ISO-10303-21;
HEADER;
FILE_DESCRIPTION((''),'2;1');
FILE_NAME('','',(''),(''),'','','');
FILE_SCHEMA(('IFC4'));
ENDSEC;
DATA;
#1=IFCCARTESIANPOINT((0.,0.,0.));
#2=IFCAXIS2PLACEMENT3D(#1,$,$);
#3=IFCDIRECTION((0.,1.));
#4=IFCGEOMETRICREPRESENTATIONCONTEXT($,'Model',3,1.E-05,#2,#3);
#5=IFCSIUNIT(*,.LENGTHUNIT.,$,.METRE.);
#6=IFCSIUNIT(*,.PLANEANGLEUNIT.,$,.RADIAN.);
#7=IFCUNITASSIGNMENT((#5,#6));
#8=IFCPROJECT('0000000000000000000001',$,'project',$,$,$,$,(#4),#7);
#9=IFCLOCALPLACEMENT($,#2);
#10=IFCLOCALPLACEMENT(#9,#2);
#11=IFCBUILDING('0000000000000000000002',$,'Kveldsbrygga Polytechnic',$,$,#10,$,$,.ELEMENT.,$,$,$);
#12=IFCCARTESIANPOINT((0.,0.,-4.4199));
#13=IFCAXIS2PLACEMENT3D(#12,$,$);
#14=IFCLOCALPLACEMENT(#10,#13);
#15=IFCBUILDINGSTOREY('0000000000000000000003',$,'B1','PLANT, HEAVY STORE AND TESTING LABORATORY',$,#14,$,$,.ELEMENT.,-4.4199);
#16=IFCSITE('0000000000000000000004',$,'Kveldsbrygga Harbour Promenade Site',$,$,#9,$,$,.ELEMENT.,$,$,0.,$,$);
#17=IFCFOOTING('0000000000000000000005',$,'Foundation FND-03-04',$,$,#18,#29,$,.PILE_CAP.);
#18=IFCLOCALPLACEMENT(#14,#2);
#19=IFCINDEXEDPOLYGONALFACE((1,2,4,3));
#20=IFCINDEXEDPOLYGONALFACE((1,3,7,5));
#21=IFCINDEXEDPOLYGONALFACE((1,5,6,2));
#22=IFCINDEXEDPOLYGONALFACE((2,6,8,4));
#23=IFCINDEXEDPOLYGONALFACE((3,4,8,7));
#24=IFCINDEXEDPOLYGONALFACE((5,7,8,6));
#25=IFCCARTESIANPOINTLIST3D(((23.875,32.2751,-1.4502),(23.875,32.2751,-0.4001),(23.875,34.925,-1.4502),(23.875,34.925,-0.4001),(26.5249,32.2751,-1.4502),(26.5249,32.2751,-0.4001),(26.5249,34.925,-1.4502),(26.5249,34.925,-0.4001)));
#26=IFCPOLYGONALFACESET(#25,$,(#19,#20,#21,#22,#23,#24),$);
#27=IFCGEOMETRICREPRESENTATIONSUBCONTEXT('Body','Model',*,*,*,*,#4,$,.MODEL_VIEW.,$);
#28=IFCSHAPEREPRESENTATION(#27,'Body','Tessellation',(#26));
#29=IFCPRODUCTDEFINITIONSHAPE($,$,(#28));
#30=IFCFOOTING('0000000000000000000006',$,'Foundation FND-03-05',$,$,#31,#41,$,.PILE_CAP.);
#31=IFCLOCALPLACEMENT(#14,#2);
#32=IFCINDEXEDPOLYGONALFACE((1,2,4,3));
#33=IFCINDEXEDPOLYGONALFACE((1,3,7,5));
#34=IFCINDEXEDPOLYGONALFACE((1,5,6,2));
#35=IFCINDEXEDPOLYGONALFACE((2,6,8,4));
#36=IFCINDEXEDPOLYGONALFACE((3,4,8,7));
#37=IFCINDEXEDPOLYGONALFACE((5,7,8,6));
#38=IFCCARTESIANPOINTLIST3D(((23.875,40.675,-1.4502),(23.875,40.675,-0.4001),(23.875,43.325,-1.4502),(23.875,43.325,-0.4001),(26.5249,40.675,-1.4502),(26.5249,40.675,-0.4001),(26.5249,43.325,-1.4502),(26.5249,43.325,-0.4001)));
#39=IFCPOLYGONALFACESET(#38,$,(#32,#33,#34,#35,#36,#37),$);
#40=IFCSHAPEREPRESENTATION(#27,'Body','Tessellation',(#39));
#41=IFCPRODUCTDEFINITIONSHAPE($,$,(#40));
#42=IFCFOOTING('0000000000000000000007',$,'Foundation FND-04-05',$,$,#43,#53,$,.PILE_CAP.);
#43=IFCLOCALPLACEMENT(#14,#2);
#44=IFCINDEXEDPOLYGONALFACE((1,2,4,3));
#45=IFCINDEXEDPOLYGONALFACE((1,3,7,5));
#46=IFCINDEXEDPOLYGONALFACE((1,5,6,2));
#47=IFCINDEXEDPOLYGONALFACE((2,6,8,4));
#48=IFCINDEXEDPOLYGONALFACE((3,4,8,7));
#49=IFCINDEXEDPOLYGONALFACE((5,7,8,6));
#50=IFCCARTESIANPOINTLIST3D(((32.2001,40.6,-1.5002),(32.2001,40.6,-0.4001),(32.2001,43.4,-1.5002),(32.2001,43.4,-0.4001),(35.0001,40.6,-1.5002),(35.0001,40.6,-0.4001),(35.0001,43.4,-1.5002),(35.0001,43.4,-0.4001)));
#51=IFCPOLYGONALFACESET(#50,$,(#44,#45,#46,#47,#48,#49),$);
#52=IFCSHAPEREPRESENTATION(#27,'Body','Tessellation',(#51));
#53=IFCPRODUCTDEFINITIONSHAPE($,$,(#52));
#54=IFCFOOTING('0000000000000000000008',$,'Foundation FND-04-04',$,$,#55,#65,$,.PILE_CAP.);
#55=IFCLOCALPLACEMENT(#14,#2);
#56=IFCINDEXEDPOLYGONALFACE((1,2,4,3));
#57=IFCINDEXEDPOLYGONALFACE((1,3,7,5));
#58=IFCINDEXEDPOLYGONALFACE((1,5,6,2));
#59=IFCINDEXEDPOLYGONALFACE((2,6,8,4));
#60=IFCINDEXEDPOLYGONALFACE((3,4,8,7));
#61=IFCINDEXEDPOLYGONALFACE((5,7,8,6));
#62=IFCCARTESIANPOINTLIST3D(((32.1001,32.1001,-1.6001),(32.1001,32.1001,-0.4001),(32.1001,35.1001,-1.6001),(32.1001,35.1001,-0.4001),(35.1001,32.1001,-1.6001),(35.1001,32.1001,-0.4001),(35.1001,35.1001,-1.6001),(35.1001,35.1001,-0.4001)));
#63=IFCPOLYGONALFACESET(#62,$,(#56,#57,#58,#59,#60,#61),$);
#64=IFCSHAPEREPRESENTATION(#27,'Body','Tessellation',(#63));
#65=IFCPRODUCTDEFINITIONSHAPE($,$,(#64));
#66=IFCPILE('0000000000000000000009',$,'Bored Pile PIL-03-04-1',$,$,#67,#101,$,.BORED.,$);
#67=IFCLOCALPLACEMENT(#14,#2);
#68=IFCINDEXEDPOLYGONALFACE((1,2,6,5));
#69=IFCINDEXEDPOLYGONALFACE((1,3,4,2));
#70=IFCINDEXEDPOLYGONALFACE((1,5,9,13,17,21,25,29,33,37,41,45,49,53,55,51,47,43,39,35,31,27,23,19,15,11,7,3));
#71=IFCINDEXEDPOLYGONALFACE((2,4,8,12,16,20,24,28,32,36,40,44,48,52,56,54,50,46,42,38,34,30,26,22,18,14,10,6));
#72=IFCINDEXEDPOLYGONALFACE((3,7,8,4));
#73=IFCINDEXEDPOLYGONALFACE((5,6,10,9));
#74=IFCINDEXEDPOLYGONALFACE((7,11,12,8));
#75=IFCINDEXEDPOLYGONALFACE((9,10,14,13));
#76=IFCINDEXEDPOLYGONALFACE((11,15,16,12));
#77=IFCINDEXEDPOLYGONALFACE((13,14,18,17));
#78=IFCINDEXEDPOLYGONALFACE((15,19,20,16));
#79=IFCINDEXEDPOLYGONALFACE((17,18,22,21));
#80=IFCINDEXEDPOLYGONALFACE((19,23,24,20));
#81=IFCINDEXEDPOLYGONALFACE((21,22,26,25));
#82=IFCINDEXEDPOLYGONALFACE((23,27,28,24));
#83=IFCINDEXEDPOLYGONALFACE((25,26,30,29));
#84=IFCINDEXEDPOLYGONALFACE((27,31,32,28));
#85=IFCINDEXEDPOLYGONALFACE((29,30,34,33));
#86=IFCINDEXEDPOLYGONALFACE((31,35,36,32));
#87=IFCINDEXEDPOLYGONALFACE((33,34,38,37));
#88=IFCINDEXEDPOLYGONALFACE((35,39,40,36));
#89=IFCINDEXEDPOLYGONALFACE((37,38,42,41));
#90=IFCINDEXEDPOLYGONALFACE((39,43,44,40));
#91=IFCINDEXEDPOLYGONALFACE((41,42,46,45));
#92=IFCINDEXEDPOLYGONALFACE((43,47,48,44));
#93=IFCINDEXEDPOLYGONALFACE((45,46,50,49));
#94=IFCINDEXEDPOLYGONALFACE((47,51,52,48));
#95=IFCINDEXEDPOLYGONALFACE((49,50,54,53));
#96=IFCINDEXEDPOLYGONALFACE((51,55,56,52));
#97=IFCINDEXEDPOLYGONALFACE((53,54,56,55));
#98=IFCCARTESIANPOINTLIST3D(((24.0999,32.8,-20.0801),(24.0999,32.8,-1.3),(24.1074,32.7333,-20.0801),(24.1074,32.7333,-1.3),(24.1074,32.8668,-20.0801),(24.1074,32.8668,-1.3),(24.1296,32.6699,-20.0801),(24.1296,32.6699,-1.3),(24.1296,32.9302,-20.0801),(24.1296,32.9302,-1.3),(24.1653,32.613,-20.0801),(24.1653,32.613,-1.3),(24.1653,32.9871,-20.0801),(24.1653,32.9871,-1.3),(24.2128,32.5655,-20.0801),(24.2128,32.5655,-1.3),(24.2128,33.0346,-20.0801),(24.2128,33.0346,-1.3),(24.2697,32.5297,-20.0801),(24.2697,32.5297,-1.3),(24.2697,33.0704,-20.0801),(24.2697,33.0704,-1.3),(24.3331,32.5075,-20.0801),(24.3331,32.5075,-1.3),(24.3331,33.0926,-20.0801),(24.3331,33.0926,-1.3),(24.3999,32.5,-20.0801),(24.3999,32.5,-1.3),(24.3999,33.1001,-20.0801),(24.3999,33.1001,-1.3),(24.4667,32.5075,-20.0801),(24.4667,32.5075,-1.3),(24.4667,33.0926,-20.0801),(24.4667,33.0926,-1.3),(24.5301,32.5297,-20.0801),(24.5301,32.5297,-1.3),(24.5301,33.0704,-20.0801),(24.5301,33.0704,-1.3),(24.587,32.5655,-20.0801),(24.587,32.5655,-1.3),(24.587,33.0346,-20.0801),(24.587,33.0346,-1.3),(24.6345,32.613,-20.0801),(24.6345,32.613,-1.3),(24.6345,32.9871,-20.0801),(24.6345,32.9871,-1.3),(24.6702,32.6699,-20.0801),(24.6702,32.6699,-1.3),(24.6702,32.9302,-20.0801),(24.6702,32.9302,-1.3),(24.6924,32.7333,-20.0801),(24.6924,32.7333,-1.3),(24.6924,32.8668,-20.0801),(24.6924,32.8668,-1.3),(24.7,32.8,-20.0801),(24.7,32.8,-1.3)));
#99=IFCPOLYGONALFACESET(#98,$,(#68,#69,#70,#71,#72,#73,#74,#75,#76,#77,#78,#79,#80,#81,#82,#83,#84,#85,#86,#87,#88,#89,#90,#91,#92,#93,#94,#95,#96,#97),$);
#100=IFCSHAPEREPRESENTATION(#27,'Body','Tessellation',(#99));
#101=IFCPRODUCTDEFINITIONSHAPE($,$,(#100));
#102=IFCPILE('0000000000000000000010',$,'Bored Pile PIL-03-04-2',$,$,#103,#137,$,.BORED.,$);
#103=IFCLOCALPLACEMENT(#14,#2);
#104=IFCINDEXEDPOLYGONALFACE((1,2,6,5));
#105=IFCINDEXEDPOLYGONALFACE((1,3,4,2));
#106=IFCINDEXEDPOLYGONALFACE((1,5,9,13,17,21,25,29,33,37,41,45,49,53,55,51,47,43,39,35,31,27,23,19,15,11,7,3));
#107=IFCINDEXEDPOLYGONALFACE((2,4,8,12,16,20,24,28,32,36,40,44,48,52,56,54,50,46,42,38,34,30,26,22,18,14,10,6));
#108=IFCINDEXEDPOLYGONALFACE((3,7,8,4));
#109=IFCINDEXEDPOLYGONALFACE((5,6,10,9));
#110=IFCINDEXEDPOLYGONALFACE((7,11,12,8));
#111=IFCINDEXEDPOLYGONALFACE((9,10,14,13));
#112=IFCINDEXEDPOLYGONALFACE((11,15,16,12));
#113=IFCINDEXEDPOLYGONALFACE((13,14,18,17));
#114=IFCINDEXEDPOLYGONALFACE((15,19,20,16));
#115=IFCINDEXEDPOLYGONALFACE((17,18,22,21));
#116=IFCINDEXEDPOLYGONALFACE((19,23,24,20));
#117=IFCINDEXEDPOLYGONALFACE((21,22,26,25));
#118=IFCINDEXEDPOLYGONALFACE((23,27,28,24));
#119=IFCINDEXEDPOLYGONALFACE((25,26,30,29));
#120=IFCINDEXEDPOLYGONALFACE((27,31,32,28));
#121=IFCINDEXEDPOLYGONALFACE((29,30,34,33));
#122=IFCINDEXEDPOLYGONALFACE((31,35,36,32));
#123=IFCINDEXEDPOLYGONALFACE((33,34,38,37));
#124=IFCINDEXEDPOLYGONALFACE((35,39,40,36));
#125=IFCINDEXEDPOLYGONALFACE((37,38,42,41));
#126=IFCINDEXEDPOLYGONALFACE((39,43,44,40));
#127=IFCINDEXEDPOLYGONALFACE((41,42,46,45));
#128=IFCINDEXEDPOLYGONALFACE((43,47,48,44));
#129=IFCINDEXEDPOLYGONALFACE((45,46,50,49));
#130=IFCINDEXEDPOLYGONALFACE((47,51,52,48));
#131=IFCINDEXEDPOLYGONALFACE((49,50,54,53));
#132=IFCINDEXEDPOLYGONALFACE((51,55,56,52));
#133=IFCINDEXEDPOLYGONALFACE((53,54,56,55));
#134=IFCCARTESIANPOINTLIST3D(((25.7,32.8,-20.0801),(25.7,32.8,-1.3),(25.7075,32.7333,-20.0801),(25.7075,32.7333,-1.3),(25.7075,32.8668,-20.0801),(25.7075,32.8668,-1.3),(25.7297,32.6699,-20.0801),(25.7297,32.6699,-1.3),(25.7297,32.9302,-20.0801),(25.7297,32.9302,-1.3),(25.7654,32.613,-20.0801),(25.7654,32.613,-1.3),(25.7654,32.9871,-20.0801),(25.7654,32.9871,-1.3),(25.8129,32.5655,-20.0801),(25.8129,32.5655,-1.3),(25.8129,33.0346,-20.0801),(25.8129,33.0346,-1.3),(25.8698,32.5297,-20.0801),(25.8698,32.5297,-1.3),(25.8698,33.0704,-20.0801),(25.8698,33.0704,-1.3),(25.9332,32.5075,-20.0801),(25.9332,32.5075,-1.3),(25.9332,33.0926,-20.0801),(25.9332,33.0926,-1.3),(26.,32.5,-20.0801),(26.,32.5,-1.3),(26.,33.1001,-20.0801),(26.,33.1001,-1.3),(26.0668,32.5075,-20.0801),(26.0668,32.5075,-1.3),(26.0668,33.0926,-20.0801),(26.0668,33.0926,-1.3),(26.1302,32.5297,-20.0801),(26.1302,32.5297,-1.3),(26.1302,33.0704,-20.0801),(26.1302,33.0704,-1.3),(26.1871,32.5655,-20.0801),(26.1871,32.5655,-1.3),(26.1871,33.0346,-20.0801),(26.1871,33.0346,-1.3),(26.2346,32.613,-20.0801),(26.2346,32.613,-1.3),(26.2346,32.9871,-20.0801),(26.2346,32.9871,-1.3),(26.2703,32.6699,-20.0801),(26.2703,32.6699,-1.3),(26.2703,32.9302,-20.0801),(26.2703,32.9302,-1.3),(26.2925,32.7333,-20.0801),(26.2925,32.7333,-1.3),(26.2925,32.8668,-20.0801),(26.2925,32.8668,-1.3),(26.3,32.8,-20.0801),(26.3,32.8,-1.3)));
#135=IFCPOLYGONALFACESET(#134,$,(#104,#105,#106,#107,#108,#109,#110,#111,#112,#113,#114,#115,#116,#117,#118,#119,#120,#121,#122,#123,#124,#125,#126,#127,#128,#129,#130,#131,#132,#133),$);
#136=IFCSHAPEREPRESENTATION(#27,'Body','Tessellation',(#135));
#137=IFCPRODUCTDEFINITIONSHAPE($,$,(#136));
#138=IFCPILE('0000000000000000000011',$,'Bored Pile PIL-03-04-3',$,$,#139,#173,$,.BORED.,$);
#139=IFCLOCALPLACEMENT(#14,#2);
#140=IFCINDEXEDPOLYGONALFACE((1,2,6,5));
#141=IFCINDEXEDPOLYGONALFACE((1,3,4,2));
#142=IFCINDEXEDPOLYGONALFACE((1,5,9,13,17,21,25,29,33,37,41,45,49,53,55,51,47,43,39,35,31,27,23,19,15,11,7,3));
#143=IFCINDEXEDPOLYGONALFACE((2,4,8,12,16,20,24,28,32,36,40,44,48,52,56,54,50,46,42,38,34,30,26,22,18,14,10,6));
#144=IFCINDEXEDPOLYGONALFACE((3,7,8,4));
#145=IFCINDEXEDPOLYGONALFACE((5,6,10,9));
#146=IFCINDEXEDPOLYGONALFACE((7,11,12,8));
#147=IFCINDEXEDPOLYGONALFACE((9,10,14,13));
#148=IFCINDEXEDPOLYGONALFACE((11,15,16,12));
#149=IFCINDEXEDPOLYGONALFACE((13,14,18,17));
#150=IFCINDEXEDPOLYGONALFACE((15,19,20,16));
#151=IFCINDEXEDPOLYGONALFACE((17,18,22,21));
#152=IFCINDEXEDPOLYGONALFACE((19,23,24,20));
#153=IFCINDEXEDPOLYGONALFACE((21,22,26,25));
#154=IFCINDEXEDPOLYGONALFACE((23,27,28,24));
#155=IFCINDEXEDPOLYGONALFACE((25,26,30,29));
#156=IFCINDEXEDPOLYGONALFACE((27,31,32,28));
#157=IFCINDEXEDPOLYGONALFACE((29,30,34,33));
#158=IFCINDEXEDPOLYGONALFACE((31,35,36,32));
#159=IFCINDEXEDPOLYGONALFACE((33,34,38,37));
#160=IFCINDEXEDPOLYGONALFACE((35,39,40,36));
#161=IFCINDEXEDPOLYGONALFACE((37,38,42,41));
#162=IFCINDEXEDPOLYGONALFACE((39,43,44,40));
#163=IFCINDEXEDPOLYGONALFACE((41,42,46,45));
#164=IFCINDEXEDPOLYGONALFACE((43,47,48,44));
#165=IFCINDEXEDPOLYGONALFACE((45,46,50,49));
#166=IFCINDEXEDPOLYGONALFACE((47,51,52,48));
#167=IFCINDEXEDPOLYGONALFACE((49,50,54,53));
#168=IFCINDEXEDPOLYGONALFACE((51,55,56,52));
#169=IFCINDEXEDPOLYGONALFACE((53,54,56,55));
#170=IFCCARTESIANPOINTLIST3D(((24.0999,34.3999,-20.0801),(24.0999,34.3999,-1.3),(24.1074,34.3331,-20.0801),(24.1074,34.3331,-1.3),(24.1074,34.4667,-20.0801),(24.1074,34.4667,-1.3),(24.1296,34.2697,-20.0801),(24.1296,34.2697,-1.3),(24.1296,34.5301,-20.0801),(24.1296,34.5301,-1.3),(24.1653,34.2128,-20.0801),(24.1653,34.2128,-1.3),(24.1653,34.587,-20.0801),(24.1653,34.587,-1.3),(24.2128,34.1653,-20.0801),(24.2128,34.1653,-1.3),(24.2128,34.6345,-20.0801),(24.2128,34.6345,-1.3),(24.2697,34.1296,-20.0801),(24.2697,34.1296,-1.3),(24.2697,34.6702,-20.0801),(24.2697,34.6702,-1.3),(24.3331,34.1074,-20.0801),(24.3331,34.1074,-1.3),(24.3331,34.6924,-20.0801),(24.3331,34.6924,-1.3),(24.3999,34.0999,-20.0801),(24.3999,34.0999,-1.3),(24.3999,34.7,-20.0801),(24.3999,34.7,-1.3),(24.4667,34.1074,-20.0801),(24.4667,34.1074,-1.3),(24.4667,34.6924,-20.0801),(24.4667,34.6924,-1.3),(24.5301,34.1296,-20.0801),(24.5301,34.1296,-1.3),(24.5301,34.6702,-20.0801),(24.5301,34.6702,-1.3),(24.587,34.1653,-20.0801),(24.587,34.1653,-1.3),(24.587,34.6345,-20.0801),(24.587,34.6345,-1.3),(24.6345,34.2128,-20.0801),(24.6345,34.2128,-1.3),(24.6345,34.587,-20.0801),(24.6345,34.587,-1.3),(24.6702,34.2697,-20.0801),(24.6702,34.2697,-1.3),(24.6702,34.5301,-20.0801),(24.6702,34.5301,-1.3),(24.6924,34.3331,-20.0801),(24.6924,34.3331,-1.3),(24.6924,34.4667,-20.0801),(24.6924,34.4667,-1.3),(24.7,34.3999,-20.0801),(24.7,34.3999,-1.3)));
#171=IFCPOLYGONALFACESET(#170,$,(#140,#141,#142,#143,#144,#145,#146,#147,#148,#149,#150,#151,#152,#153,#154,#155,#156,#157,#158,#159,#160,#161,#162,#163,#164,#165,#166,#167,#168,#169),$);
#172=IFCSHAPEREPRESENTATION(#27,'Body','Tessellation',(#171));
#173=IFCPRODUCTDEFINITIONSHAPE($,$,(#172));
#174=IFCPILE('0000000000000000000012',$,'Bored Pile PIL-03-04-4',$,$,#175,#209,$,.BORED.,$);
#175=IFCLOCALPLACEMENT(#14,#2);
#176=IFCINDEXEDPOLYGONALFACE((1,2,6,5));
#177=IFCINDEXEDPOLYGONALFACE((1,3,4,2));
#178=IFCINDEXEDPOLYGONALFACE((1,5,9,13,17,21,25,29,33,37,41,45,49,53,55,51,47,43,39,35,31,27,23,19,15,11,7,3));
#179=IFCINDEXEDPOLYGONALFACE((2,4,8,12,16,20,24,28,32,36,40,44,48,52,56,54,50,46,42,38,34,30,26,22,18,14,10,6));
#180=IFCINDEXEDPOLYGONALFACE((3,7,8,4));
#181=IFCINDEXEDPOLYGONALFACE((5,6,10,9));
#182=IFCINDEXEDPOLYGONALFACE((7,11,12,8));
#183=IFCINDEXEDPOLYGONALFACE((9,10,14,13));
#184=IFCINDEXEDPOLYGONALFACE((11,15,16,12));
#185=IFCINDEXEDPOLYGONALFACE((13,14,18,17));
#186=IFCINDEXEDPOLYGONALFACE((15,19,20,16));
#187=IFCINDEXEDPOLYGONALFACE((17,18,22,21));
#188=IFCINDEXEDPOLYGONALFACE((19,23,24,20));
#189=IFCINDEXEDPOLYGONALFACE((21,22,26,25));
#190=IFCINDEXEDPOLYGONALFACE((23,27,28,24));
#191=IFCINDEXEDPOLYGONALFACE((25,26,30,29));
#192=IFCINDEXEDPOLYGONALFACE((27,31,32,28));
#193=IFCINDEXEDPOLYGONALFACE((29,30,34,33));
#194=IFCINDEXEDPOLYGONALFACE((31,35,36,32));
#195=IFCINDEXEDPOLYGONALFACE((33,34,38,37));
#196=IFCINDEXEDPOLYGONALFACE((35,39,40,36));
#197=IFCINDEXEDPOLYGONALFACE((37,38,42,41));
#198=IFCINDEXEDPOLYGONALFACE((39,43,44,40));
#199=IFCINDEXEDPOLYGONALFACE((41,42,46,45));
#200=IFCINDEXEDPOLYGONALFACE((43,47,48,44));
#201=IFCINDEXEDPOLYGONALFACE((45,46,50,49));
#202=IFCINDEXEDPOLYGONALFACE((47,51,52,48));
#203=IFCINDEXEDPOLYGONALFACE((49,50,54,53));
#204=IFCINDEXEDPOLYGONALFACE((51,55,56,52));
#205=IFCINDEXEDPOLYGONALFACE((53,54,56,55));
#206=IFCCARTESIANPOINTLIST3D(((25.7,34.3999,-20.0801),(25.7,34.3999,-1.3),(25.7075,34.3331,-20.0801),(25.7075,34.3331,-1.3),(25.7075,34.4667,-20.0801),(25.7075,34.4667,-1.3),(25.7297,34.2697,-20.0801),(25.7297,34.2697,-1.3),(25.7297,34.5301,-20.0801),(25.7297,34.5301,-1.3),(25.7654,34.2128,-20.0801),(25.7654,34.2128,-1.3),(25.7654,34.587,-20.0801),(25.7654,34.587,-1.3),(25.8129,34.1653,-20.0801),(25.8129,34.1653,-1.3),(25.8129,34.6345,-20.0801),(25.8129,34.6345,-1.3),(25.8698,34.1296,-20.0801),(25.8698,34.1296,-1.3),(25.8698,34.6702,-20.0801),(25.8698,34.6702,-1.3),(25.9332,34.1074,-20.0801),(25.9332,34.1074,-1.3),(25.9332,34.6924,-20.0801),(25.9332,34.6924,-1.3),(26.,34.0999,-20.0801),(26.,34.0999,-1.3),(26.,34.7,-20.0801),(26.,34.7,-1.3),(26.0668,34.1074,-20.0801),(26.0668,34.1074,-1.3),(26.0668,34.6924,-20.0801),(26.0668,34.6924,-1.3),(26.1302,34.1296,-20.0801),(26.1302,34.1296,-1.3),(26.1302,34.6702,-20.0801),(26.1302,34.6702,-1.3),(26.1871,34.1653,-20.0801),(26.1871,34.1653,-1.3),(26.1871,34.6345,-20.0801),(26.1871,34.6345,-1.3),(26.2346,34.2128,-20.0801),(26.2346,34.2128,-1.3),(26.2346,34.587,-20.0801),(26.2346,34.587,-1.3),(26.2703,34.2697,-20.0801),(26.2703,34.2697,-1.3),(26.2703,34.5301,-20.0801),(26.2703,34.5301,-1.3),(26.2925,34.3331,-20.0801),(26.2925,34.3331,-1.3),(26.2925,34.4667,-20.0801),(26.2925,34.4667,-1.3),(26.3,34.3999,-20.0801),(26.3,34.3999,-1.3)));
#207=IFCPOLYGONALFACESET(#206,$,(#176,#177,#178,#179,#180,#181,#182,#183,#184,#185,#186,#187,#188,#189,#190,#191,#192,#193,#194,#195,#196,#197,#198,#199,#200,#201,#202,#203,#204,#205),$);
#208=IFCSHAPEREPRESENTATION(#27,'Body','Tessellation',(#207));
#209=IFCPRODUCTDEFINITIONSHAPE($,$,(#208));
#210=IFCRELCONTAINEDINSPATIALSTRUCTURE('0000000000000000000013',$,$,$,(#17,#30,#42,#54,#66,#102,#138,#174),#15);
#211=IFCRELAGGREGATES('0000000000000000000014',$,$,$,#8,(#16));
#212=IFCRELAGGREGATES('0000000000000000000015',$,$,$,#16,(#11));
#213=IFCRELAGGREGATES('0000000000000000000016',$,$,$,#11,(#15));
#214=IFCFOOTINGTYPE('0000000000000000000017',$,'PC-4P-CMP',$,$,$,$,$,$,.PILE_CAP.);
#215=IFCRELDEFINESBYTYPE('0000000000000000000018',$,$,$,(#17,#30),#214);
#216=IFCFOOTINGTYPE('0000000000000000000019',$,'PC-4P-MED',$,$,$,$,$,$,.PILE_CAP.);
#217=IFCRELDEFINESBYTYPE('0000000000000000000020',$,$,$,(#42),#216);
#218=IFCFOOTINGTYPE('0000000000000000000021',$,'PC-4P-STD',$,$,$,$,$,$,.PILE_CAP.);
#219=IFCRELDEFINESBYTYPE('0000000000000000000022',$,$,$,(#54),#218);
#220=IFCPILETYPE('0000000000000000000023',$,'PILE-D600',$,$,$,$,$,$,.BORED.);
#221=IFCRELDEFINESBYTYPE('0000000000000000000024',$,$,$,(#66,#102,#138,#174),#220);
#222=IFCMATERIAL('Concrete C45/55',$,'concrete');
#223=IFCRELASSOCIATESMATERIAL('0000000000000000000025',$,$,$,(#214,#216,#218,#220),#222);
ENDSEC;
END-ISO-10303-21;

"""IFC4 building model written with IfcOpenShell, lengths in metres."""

from ifc_helpers import new_model, si_unit, direction, frame, origin, origin_2d, place, context, subcontext, project, spatial, rectangle, circle, extrude, material, material_profile, profile_set, type_object, element, save


model = new_model("IFC4")

# Units and contexts
model_context = context("Model", 3, precision=1e-05, world=origin(), true_north=direction((0.0, 1.0)))
body_context = subcontext(model_context, "Body", "Model", "MODEL_VIEW")
ifc_project = project(units=[si_unit("LENGTHUNIT", "METRE"), si_unit("PLANEANGLEUNIT", "RADIAN")], contexts=[model_context])

# Site, building, storey
site_placement = place(None, origin())
site = spatial("IfcSite", under=ifc_project, at=site_placement, Name="Kveldsbrygga Harbour Promenade Site", CompositionType="ELEMENT", RefElevation=0.0)
building_placement = place(site_placement, origin())
building = spatial("IfcBuilding", under=site, at=building_placement, Name="Kveldsbrygga Polytechnic", CompositionType="ELEMENT")
storey_placement = place(building_placement, frame((0.0, 0.0, -4.4199)))
storey = spatial("IfcBuildingStorey", under=building, at=storey_placement, Name="B1", Description="PLANT, HEAVY STORE AND TESTING LABORATORY", CompositionType="ELEMENT", Elevation=-4.4199)

# Footings
ifc_material_1 = material(Name="Concrete C45/55", Category="concrete")
footing_type_1 = type_object("IfcFootingType", Name="PC-4P-CMP", PredefinedType="PILE_CAP", material=ifc_material_1)
for number, where, z_axis, x_axis, name in (
    (1, (25.2, 33.6001, -1.4502), (0.0, 0.0, 1.0), (1.0, 0.0, 0.0), "Foundation FND-03-04"),
    (2, (25.2, 42.0, -1.4502), (0.0, 0.0, 1.0), (1.0, 0.0, 0.0), "Foundation FND-03-05"),
):
    element("IfcFooting", number, at=place(storey_placement, frame(where, z_axis=z_axis, x_axis=x_axis)), inside=storey, type_object=footing_type_1, Name=name, PredefinedType="PILE_CAP", context=body_context, shape_type="SweptSolid", body=[
        extrude(rectangle(XDim=2.6499, YDim=2.6499, at=origin_2d()), origin(), (0.0, 0.0, 1.0), 1.05),
    ])
footing_type_2 = type_object("IfcFootingType", Name="PC-4P-MED", PredefinedType="PILE_CAP", material=ifc_material_1)
footing_1_placement = place(storey_placement, frame((33.6001, 42.0, -1.5002), z_axis=(0.0, 0.0, 1.0), x_axis=(1.0, 0.0, 0.0)))
element("IfcFooting", 3, at=footing_1_placement, inside=storey, type_object=footing_type_2, Name="Foundation FND-04-05", PredefinedType="PILE_CAP", context=body_context, shape_type="SweptSolid", body=[
    extrude(rectangle(XDim=2.8, YDim=2.8, at=origin_2d()), origin(), (0.0, 0.0, 1.0), 1.1001),
])
footing_type_3 = type_object("IfcFootingType", Name="PC-4P-STD", PredefinedType="PILE_CAP", material=ifc_material_1)
footing_2_placement = place(storey_placement, frame((33.6001, 33.6001, -1.6001), z_axis=(0.0, 0.0, 1.0), x_axis=(1.0, 0.0, 0.0)))
element("IfcFooting", 4, at=footing_2_placement, inside=storey, type_object=footing_type_3, Name="Foundation FND-04-04", PredefinedType="PILE_CAP", context=body_context, shape_type="SweptSolid", body=[
    extrude(rectangle(XDim=3.0, YDim=3.0, at=origin_2d()), origin(), (0.0, 0.0, 1.0), 1.2),
])

# Piles
ifc_material_profile_1 = material_profile(ifc_material_1, circle(Radius=0.3, at=origin_2d()), Name="PILE D600")
ifc_profile_set_1 = profile_set([ifc_material_profile_1], Name="Concrete C45/55")
pile_type_1 = type_object("IfcPileType", Name="PILE-D600", PredefinedType="BORED", material=ifc_profile_set_1)
for number, where, z_axis, x_axis, name in (
    (5, (24.3999, 32.8, -1.3), (0.0, 0.0, -1.0), (1.0, 0.0, 0.0), "Bored Pile PIL-03-04-1"),
    (6, (26.0, 32.8, -1.3), (0.0, 0.0, -1.0), (1.0, 0.0, 0.0), "Bored Pile PIL-03-04-2"),
    (7, (24.3999, 34.3999, -1.3), (0.0, 0.0, -1.0), (1.0, 0.0, 0.0), "Bored Pile PIL-03-04-3"),
    (8, (26.0, 34.3999, -1.3), (0.0, 0.0, -1.0), (1.0, 0.0, 0.0), "Bored Pile PIL-03-04-4"),
):
    element("IfcPile", number, at=place(storey_placement, frame(where, z_axis=z_axis, x_axis=x_axis)), inside=storey, type_object=pile_type_1, Name=name, PredefinedType="BORED", context=body_context, shape_type="SweptSolid", body=[
        extrude(circle(Radius=0.3, at=origin_2d()), origin(), (0.0, 0.0, 1.0), 18.78),
    ])

save(model, "model.ifc")
